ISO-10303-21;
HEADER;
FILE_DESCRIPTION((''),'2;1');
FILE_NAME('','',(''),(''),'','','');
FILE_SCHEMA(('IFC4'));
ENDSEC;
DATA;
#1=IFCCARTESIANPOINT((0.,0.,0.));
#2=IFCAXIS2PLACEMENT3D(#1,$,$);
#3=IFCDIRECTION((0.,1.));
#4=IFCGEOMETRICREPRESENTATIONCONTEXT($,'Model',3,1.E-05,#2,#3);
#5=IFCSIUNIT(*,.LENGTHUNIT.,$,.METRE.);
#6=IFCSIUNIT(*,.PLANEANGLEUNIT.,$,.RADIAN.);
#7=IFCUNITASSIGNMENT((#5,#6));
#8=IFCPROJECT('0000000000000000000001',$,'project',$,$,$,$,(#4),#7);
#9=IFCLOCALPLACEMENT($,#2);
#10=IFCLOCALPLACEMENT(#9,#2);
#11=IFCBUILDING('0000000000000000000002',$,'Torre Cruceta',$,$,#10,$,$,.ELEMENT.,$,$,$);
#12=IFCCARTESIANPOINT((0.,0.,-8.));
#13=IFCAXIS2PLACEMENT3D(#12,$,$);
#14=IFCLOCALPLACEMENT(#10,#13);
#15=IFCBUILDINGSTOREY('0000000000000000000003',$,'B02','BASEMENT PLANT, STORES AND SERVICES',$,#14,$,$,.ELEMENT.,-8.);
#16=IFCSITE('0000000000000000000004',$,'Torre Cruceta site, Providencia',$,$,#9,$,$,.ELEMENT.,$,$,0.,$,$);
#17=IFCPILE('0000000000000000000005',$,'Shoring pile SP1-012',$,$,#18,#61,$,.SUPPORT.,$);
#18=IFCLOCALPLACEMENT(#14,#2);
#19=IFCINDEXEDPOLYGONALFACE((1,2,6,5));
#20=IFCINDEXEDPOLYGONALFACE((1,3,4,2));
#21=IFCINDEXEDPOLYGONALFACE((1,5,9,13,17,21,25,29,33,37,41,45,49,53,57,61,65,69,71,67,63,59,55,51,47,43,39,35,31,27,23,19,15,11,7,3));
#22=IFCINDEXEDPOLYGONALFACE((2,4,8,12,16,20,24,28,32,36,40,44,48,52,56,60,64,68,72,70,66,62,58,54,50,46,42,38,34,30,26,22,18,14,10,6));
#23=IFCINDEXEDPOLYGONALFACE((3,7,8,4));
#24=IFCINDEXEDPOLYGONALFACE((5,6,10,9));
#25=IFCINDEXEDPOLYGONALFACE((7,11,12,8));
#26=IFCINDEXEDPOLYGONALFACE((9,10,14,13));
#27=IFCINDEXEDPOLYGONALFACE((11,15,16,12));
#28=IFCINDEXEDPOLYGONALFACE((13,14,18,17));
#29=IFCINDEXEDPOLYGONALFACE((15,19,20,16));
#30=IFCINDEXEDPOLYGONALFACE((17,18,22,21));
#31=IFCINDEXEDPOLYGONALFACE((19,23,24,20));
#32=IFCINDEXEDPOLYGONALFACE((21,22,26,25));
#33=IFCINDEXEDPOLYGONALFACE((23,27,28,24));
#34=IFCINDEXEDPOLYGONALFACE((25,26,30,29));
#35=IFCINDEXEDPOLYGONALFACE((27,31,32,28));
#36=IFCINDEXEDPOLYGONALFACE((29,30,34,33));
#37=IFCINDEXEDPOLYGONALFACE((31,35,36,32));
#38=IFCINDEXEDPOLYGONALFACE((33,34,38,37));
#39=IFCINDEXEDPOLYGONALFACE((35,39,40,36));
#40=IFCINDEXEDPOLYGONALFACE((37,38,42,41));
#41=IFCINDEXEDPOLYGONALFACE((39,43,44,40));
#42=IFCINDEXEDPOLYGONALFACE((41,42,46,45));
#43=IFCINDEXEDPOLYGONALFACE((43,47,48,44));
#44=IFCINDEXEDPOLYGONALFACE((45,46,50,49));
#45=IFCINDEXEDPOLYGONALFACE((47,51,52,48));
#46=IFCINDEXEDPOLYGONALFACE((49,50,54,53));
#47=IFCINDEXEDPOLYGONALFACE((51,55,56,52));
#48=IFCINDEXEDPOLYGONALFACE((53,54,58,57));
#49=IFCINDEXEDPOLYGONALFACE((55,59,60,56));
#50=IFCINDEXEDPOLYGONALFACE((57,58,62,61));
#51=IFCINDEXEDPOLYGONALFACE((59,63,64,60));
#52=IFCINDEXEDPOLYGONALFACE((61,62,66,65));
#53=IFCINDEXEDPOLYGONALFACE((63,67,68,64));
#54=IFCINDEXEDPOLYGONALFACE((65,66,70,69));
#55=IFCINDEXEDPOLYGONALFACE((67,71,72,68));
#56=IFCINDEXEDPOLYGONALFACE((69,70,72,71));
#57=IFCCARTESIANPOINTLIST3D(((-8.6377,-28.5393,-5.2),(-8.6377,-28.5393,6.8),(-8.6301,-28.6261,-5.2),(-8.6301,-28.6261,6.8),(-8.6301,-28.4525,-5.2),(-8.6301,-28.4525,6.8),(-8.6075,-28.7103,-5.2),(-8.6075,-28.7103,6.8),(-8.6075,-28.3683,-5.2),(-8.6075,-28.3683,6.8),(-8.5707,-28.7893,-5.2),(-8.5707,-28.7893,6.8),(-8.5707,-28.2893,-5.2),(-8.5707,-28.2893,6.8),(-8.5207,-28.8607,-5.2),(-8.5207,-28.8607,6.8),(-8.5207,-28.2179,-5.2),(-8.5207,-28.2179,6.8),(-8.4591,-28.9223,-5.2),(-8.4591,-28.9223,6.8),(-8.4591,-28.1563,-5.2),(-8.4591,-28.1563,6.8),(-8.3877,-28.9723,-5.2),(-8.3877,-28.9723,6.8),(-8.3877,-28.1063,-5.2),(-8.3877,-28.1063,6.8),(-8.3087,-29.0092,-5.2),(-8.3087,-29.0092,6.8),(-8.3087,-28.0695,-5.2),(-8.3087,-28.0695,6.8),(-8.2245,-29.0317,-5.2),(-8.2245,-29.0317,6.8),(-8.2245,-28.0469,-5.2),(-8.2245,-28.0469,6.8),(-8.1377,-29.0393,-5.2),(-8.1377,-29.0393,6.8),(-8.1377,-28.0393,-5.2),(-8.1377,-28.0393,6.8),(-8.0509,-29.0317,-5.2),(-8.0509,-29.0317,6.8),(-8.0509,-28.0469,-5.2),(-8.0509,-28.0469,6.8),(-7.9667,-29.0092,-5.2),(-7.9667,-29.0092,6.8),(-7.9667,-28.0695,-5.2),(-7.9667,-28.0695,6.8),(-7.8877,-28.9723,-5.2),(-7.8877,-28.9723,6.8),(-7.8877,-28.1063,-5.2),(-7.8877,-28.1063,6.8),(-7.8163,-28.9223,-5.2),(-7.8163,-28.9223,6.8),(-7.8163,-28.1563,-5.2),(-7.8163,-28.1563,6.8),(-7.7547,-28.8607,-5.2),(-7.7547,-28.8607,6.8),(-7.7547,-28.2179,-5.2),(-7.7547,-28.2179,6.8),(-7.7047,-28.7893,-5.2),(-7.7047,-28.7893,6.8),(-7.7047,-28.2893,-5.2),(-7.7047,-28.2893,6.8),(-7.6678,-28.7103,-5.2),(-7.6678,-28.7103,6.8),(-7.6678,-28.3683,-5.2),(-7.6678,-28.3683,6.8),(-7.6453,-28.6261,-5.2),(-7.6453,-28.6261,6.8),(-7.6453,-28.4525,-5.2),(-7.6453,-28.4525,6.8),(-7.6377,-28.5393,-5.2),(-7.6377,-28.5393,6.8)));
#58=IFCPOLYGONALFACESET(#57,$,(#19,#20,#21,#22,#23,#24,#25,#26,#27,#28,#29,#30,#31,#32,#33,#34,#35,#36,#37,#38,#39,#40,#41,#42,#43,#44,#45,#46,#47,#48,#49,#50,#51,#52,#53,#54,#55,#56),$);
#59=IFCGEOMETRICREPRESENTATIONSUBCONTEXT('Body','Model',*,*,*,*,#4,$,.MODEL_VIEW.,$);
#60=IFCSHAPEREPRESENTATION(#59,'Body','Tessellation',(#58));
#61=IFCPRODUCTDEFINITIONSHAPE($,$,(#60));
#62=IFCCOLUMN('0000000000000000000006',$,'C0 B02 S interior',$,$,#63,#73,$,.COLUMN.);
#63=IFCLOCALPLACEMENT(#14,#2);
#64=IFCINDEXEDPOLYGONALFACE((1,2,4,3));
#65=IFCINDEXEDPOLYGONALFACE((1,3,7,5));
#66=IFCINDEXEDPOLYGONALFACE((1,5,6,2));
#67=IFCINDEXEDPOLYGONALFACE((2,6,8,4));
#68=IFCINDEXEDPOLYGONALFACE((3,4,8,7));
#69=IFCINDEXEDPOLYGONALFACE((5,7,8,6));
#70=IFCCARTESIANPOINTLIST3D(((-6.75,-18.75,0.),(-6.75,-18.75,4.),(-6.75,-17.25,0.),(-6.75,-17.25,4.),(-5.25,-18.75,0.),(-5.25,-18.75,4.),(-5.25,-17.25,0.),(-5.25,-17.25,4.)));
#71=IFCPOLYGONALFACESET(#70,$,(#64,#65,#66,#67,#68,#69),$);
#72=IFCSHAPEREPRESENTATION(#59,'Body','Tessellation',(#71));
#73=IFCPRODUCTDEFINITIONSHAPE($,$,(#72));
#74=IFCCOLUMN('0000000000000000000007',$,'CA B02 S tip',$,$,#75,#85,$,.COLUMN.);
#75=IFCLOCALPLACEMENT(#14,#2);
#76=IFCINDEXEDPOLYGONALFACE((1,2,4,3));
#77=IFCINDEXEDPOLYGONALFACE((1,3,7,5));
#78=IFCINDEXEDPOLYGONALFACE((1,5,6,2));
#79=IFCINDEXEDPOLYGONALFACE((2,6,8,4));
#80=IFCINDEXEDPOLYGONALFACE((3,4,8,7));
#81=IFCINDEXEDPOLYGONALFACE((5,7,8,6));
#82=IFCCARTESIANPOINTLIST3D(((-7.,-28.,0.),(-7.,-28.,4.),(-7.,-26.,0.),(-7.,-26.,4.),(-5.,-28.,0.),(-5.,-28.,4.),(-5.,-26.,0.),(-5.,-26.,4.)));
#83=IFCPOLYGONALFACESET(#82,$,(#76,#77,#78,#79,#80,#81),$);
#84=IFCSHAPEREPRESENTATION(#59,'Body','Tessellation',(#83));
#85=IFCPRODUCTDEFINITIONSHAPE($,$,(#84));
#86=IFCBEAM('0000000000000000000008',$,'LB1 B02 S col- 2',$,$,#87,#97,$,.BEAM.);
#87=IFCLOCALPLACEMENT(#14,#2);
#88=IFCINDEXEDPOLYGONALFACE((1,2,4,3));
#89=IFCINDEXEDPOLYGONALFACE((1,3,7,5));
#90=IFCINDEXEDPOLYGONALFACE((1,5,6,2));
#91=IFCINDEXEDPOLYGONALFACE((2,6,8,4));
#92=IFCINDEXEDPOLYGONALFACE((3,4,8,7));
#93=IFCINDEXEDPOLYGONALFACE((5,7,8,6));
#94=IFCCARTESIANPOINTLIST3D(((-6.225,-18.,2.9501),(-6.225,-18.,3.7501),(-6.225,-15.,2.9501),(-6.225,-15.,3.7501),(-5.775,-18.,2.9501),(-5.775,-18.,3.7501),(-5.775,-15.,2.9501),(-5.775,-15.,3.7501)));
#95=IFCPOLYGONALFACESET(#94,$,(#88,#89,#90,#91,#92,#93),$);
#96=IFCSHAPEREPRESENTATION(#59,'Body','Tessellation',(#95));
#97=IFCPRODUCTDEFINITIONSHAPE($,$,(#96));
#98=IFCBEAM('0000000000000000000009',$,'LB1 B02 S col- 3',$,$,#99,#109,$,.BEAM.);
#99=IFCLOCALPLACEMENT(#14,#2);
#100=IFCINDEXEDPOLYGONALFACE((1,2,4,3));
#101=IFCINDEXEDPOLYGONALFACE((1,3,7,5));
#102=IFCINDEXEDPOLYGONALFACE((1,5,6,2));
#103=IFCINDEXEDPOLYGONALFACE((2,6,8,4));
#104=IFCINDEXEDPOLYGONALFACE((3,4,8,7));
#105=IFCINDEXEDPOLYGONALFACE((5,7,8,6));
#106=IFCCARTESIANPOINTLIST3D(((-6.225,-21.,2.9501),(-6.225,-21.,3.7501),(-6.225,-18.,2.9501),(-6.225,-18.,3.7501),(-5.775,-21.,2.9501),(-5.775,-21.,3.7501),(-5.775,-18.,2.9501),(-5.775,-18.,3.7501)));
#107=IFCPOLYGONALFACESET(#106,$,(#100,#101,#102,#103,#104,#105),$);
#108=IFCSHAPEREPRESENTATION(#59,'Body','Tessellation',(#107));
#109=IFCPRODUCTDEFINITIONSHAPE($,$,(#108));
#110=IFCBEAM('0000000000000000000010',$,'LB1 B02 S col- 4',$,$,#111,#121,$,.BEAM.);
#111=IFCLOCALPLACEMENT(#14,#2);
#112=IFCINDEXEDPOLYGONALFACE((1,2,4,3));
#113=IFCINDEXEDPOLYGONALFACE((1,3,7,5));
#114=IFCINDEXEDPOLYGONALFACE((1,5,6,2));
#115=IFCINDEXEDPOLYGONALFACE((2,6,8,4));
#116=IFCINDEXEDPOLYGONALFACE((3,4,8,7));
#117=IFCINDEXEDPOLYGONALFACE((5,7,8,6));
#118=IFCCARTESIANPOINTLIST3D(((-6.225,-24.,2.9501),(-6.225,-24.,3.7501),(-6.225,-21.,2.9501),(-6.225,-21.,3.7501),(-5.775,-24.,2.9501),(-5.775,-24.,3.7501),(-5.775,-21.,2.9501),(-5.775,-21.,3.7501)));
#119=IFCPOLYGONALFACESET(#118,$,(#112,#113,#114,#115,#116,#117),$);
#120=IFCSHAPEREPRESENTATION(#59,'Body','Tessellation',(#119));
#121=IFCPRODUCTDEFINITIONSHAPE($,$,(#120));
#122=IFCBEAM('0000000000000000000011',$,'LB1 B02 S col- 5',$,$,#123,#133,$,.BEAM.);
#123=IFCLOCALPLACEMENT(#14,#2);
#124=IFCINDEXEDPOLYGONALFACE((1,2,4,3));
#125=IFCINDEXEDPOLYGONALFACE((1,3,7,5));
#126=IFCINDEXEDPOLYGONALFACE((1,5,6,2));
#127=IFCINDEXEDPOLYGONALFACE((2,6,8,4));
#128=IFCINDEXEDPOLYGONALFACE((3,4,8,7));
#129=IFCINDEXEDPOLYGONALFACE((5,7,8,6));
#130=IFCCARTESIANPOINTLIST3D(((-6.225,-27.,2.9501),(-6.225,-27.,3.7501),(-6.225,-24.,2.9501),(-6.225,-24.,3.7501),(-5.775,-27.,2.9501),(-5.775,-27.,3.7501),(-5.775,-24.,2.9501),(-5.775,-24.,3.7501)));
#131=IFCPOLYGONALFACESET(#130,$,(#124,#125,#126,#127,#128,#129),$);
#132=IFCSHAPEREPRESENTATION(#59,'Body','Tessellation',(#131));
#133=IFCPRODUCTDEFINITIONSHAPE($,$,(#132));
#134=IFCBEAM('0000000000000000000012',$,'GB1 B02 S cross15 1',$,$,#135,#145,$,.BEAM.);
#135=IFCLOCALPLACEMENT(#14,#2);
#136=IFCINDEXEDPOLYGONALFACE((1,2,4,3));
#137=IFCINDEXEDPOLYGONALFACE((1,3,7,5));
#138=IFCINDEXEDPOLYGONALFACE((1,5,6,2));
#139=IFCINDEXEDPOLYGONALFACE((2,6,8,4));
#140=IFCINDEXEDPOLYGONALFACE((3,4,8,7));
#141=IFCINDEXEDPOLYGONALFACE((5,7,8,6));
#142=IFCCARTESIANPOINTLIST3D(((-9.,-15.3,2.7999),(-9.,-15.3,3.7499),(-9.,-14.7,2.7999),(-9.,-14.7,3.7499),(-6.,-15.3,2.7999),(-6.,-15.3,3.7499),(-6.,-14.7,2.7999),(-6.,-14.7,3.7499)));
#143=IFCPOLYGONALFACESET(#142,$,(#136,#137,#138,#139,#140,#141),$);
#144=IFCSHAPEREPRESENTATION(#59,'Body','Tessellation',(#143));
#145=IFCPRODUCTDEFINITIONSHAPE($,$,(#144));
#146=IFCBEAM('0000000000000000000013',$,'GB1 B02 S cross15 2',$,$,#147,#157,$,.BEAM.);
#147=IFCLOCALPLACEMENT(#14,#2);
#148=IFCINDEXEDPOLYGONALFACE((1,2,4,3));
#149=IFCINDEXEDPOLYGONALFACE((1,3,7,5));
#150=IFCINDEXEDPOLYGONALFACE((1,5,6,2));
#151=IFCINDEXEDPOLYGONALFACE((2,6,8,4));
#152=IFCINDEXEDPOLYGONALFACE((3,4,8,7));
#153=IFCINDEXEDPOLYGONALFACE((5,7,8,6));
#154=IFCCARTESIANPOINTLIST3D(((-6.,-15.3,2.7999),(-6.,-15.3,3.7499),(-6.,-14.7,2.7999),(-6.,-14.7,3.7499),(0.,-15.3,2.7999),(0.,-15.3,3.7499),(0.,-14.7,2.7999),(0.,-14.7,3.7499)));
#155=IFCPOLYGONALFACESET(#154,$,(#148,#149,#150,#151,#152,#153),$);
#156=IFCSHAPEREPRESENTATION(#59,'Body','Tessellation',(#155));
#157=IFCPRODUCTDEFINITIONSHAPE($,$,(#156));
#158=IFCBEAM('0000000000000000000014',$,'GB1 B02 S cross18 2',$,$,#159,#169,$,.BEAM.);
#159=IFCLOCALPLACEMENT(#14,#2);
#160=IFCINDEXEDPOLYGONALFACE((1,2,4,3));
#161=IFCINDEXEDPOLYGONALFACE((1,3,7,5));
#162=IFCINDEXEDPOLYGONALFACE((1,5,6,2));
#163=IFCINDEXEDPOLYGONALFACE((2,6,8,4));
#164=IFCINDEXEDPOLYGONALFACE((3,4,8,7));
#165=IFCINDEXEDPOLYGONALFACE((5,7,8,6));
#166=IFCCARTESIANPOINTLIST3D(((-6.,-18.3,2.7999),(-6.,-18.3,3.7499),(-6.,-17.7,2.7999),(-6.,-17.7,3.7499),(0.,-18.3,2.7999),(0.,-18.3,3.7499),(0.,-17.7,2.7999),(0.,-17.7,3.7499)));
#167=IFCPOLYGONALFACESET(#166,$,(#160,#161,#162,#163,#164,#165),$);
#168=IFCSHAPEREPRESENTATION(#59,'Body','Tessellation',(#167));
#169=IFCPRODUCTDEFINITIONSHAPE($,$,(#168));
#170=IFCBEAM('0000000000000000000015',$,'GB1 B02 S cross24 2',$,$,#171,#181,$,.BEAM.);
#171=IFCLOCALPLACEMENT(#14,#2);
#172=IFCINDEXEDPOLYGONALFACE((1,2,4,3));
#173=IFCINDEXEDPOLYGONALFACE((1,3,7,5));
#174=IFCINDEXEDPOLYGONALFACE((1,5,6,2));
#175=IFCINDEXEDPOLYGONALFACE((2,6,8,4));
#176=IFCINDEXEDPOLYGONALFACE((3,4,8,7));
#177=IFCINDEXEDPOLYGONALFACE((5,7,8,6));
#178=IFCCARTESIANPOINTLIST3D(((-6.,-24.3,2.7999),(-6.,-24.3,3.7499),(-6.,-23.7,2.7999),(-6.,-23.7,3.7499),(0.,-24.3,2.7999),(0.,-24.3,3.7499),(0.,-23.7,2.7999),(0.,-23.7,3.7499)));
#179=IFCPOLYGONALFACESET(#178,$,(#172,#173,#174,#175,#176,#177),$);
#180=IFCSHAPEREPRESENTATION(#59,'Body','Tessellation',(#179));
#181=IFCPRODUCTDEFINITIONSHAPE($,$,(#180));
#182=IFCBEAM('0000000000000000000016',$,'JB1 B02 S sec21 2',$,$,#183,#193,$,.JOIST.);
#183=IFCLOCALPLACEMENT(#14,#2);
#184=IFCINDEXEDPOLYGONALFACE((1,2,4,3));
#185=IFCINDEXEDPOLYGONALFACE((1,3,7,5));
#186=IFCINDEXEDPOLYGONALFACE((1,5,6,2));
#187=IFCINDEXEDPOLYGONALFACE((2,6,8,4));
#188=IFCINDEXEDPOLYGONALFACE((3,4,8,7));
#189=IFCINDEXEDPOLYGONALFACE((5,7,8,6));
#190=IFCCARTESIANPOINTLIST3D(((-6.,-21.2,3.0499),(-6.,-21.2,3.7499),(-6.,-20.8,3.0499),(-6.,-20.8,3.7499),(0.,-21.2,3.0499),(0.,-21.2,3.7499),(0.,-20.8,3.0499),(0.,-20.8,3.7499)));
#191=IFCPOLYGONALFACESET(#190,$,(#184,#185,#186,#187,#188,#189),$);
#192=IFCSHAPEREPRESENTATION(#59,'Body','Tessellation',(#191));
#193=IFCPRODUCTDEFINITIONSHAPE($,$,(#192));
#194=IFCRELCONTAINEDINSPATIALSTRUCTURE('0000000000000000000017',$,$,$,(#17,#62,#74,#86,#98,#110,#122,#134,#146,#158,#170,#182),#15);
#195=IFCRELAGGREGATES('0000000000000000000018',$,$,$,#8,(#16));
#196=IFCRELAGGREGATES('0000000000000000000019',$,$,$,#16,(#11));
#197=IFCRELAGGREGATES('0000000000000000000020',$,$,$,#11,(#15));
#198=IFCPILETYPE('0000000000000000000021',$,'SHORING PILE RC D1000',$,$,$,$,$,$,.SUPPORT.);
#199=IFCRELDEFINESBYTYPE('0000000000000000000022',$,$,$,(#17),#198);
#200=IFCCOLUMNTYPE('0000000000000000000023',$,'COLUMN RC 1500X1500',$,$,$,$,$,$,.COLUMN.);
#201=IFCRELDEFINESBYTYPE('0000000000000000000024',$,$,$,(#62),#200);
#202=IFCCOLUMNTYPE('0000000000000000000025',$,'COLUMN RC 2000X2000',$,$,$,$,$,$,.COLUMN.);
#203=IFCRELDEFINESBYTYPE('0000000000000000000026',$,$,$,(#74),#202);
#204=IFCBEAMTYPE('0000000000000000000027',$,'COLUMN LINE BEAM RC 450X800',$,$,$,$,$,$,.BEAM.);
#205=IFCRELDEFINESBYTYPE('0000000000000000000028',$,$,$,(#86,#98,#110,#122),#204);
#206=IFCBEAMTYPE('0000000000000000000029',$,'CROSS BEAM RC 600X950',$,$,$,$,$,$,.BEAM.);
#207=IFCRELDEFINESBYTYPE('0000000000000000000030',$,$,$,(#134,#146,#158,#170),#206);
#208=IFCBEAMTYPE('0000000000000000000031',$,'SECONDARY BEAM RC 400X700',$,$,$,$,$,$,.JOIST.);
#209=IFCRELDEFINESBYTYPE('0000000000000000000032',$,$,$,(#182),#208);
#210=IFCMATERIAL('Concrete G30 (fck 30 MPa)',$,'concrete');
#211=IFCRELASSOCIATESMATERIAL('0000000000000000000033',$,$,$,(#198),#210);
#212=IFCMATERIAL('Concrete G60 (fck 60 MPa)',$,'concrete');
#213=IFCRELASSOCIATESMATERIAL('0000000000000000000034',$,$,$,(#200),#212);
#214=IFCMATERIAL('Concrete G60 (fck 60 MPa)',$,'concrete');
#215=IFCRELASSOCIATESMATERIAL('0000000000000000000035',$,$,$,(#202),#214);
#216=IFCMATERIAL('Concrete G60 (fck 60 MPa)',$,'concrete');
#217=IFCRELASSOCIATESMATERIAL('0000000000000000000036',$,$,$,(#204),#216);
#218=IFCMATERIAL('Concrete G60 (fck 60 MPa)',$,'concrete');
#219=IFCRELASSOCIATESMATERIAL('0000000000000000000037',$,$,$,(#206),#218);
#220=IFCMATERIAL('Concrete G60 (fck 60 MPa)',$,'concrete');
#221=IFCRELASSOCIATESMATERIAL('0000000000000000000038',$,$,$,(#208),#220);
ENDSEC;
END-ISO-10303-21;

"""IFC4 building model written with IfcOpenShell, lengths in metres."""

from ifc_helpers import new_model, si_unit, direction, frame, origin, origin_2d, place, context, subcontext, project, spatial, rectangle, circle, extrude, material, material_profile, profile_set, type_object, element, save


model = new_model("IFC4")

# Units and contexts
model_context = context("Model", 3, precision=1e-05, world=origin(), true_north=direction((0.0, 1.0)))
body_context = subcontext(model_context, "Body", "Model", "MODEL_VIEW")
ifc_project = project(units=[si_unit("LENGTHUNIT", "METRE"), si_unit("PLANEANGLEUNIT", "RADIAN")], contexts=[model_context])

# Site, building, storey
site_placement = place(None, origin())
site = spatial("IfcSite", under=ifc_project, at=site_placement, Name="Torre Cruceta site, Providencia", CompositionType="ELEMENT", RefElevation=0.0)
building_placement = place(site_placement, origin())
building = spatial("IfcBuilding", under=site, at=building_placement, Name="Torre Cruceta", CompositionType="ELEMENT")
storey_placement = place(building_placement, frame((0.0, 0.0, -8.0)))
storey = spatial("IfcBuildingStorey", under=building, at=storey_placement, Name="B02", Description="BASEMENT PLANT, STORES AND SERVICES", CompositionType="ELEMENT", Elevation=-8.0)

# Pile
ifc_material_1 = material(Name="Concrete G30 (fck 30 MPa)", Category="concrete")
ifc_material_profile_1 = material_profile(ifc_material_1, circle(Radius=0.5, at=origin_2d()), Name="RC D1000")
ifc_profile_set_1 = profile_set([ifc_material_profile_1], Name="Concrete G30 (fck 30 MPa)")
pile_type_1 = type_object("IfcPileType", Name="SHORING PILE RC D1000", PredefinedType="SUPPORT", material=ifc_profile_set_1)
for number, where, z_axis, x_axis, name in (
    (1, (-8.1377, -28.5393, 6.8), (0.0, 0.0, -1.0), (1.0, 0.0, 0.0), "Shoring pile SP1-012"),
):
    element("IfcPile", number, at=place(storey_placement, frame(where, z_axis=z_axis, x_axis=x_axis)), inside=storey, type_object=pile_type_1, Name=name, PredefinedType="SUPPORT", context=body_context, shape_type="SweptSolid", body=[
        extrude(circle(Radius=0.5, at=origin_2d()), origin(), (0.0, 0.0, 1.0), 12.0),
    ])

# Columns
ifc_material_2 = material(Name="Concrete G60 (fck 60 MPa)", Category="concrete")
ifc_material_profile_2 = material_profile(ifc_material_2, rectangle(XDim=1.5, YDim=1.5, at=origin_2d()), Name="RC 1500X1500")
ifc_profile_set_2 = profile_set([ifc_material_profile_2], Name="Concrete G60 (fck 60 MPa)")
column_type_1 = type_object("IfcColumnType", Name="COLUMN RC 1500X1500", PredefinedType="COLUMN", material=ifc_profile_set_2)
column_1_placement = place(storey_placement, frame((-6.0, -18.0, 0.0), z_axis=(0.0, 0.0, 1.0), x_axis=(1.0, 0.0, 0.0)))
element("IfcColumn", 2, at=column_1_placement, inside=storey, type_object=column_type_1, Name="C0 B02 S interior", PredefinedType="COLUMN", context=body_context, shape_type="SweptSolid", body=[
    extrude(rectangle(XDim=1.5, YDim=1.5, at=origin_2d()), origin(), (0.0, 0.0, 1.0), 4.0),
])
ifc_material_3 = material(Name="Concrete G60 (fck 60 MPa)", Category="concrete")
ifc_material_profile_3 = material_profile(ifc_material_3, rectangle(XDim=2.0, YDim=2.0, at=origin_2d()), Name="RC 2000X2000")
ifc_profile_set_3 = profile_set([ifc_material_profile_3], Name="Concrete G60 (fck 60 MPa)")
column_type_2 = type_object("IfcColumnType", Name="COLUMN RC 2000X2000", PredefinedType="COLUMN", material=ifc_profile_set_3)
column_2_placement = place(storey_placement, frame((-6.0, -27.0, 0.0), z_axis=(0.0, 0.0, 1.0), x_axis=(1.0, 0.0, 0.0)))
element("IfcColumn", 3, at=column_2_placement, inside=storey, type_object=column_type_2, Name="CA B02 S tip", PredefinedType="COLUMN", context=body_context, shape_type="SweptSolid", body=[
    extrude(rectangle(XDim=2.0, YDim=2.0, at=origin_2d()), origin(), (0.0, 0.0, 1.0), 4.0),
])

# Beams
ifc_material_4 = material(Name="Concrete G60 (fck 60 MPa)", Category="concrete")
ifc_material_profile_4 = material_profile(ifc_material_4, rectangle(XDim=0.45, YDim=0.8, at=origin_2d()), Name="RC 450X800")
ifc_profile_set_4 = profile_set([ifc_material_profile_4], Name="Concrete G60 (fck 60 MPa)")
beam_type_1 = type_object("IfcBeamType", Name="COLUMN LINE BEAM RC 450X800", PredefinedType="BEAM", material=ifc_profile_set_4)
for number, where, z_axis, x_axis, name in (
    (4, (-6.0, -15.0, 3.3501), (0.0, -1.0, 0.0), (1.0, 0.0, 0.0), "LB1 B02 S col- 2"),
    (5, (-6.0, -18.0, 3.3501), (0.0, -1.0, 0.0), (1.0, 0.0, 0.0), "LB1 B02 S col- 3"),
    (6, (-6.0, -21.0, 3.3501), (0.0, -1.0, 0.0), (1.0, 0.0, 0.0), "LB1 B02 S col- 4"),
    (7, (-6.0, -24.0, 3.3501), (0.0, -1.0, 0.0), (1.0, 0.0, 0.0), "LB1 B02 S col- 5"),
):
    element("IfcBeam", number, at=place(storey_placement, frame(where, z_axis=z_axis, x_axis=x_axis)), inside=storey, type_object=beam_type_1, Name=name, PredefinedType="BEAM", context=body_context, shape_type="SweptSolid", body=[
        extrude(rectangle(XDim=0.45, YDim=0.8, at=origin_2d()), origin(), (0.0, 0.0, 1.0), 3.0),
    ])
ifc_material_5 = material(Name="Concrete G60 (fck 60 MPa)", Category="concrete")
ifc_material_profile_5 = material_profile(ifc_material_5, rectangle(XDim=0.6001, YDim=0.95, at=origin_2d()), Name="RC 600X950")
ifc_profile_set_5 = profile_set([ifc_material_profile_5], Name="Concrete G60 (fck 60 MPa)")
beam_type_2 = type_object("IfcBeamType", Name="CROSS BEAM RC 600X950", PredefinedType="BEAM", material=ifc_profile_set_5)
beam_1_placement = place(storey_placement, frame((-9.0, -15.0, 3.2749), z_axis=(1.0, 0.0, 0.0), x_axis=(0.0, 1.0, 0.0)))
element("IfcBeam", 8, at=beam_1_placement, inside=storey, type_object=beam_type_2, Name="GB1 B02 S cross15 1", PredefinedType="BEAM", context=body_context, shape_type="SweptSolid", body=[
    extrude(rectangle(XDim=0.6001, YDim=0.95, at=origin_2d()), origin(), (0.0, 0.0, 1.0), 3.0),
])
for number, where, z_axis, x_axis, name in (
    (9, (-6.0, -15.0, 3.2749), (1.0, 0.0, 0.0), (0.0, 1.0, 0.0), "GB1 B02 S cross15 2"),
    (10, (-6.0, -18.0, 3.2749), (1.0, 0.0, 0.0), (0.0, 1.0, 0.0), "GB1 B02 S cross18 2"),
    (11, (-6.0, -24.0, 3.2749), (1.0, 0.0, 0.0), (0.0, 1.0, 0.0), "GB1 B02 S cross24 2"),
):
    element("IfcBeam", number, at=place(storey_placement, frame(where, z_axis=z_axis, x_axis=x_axis)), inside=storey, type_object=beam_type_2, Name=name, PredefinedType="BEAM", context=body_context, shape_type="SweptSolid", body=[
        extrude(rectangle(XDim=0.6001, YDim=0.95, at=origin_2d()), origin(), (0.0, 0.0, 1.0), 6.0),
    ])
ifc_material_6 = material(Name="Concrete G60 (fck 60 MPa)", Category="concrete")
ifc_material_profile_6 = material_profile(ifc_material_6, rectangle(XDim=0.3999, YDim=0.7, at=origin_2d()), Name="RC 400X700")
ifc_profile_set_6 = profile_set([ifc_material_profile_6], Name="Concrete G60 (fck 60 MPa)")
beam_type_3 = type_object("IfcBeamType", Name="SECONDARY BEAM RC 400X700", PredefinedType="JOIST", material=ifc_profile_set_6)
beam_2_placement = place(storey_placement, frame((-6.0, -21.0, 3.3999), z_axis=(1.0, 0.0, 0.0), x_axis=(0.0, 1.0, 0.0)))
element("IfcBeam", 12, at=beam_2_placement, inside=storey, type_object=beam_type_3, Name="JB1 B02 S sec21 2", PredefinedType="JOIST", context=body_context, shape_type="SweptSolid", body=[
    extrude(rectangle(XDim=0.3999, YDim=0.7, at=origin_2d()), origin(), (0.0, 0.0, 1.0), 6.0),
])

save(model, "model.ifc")
